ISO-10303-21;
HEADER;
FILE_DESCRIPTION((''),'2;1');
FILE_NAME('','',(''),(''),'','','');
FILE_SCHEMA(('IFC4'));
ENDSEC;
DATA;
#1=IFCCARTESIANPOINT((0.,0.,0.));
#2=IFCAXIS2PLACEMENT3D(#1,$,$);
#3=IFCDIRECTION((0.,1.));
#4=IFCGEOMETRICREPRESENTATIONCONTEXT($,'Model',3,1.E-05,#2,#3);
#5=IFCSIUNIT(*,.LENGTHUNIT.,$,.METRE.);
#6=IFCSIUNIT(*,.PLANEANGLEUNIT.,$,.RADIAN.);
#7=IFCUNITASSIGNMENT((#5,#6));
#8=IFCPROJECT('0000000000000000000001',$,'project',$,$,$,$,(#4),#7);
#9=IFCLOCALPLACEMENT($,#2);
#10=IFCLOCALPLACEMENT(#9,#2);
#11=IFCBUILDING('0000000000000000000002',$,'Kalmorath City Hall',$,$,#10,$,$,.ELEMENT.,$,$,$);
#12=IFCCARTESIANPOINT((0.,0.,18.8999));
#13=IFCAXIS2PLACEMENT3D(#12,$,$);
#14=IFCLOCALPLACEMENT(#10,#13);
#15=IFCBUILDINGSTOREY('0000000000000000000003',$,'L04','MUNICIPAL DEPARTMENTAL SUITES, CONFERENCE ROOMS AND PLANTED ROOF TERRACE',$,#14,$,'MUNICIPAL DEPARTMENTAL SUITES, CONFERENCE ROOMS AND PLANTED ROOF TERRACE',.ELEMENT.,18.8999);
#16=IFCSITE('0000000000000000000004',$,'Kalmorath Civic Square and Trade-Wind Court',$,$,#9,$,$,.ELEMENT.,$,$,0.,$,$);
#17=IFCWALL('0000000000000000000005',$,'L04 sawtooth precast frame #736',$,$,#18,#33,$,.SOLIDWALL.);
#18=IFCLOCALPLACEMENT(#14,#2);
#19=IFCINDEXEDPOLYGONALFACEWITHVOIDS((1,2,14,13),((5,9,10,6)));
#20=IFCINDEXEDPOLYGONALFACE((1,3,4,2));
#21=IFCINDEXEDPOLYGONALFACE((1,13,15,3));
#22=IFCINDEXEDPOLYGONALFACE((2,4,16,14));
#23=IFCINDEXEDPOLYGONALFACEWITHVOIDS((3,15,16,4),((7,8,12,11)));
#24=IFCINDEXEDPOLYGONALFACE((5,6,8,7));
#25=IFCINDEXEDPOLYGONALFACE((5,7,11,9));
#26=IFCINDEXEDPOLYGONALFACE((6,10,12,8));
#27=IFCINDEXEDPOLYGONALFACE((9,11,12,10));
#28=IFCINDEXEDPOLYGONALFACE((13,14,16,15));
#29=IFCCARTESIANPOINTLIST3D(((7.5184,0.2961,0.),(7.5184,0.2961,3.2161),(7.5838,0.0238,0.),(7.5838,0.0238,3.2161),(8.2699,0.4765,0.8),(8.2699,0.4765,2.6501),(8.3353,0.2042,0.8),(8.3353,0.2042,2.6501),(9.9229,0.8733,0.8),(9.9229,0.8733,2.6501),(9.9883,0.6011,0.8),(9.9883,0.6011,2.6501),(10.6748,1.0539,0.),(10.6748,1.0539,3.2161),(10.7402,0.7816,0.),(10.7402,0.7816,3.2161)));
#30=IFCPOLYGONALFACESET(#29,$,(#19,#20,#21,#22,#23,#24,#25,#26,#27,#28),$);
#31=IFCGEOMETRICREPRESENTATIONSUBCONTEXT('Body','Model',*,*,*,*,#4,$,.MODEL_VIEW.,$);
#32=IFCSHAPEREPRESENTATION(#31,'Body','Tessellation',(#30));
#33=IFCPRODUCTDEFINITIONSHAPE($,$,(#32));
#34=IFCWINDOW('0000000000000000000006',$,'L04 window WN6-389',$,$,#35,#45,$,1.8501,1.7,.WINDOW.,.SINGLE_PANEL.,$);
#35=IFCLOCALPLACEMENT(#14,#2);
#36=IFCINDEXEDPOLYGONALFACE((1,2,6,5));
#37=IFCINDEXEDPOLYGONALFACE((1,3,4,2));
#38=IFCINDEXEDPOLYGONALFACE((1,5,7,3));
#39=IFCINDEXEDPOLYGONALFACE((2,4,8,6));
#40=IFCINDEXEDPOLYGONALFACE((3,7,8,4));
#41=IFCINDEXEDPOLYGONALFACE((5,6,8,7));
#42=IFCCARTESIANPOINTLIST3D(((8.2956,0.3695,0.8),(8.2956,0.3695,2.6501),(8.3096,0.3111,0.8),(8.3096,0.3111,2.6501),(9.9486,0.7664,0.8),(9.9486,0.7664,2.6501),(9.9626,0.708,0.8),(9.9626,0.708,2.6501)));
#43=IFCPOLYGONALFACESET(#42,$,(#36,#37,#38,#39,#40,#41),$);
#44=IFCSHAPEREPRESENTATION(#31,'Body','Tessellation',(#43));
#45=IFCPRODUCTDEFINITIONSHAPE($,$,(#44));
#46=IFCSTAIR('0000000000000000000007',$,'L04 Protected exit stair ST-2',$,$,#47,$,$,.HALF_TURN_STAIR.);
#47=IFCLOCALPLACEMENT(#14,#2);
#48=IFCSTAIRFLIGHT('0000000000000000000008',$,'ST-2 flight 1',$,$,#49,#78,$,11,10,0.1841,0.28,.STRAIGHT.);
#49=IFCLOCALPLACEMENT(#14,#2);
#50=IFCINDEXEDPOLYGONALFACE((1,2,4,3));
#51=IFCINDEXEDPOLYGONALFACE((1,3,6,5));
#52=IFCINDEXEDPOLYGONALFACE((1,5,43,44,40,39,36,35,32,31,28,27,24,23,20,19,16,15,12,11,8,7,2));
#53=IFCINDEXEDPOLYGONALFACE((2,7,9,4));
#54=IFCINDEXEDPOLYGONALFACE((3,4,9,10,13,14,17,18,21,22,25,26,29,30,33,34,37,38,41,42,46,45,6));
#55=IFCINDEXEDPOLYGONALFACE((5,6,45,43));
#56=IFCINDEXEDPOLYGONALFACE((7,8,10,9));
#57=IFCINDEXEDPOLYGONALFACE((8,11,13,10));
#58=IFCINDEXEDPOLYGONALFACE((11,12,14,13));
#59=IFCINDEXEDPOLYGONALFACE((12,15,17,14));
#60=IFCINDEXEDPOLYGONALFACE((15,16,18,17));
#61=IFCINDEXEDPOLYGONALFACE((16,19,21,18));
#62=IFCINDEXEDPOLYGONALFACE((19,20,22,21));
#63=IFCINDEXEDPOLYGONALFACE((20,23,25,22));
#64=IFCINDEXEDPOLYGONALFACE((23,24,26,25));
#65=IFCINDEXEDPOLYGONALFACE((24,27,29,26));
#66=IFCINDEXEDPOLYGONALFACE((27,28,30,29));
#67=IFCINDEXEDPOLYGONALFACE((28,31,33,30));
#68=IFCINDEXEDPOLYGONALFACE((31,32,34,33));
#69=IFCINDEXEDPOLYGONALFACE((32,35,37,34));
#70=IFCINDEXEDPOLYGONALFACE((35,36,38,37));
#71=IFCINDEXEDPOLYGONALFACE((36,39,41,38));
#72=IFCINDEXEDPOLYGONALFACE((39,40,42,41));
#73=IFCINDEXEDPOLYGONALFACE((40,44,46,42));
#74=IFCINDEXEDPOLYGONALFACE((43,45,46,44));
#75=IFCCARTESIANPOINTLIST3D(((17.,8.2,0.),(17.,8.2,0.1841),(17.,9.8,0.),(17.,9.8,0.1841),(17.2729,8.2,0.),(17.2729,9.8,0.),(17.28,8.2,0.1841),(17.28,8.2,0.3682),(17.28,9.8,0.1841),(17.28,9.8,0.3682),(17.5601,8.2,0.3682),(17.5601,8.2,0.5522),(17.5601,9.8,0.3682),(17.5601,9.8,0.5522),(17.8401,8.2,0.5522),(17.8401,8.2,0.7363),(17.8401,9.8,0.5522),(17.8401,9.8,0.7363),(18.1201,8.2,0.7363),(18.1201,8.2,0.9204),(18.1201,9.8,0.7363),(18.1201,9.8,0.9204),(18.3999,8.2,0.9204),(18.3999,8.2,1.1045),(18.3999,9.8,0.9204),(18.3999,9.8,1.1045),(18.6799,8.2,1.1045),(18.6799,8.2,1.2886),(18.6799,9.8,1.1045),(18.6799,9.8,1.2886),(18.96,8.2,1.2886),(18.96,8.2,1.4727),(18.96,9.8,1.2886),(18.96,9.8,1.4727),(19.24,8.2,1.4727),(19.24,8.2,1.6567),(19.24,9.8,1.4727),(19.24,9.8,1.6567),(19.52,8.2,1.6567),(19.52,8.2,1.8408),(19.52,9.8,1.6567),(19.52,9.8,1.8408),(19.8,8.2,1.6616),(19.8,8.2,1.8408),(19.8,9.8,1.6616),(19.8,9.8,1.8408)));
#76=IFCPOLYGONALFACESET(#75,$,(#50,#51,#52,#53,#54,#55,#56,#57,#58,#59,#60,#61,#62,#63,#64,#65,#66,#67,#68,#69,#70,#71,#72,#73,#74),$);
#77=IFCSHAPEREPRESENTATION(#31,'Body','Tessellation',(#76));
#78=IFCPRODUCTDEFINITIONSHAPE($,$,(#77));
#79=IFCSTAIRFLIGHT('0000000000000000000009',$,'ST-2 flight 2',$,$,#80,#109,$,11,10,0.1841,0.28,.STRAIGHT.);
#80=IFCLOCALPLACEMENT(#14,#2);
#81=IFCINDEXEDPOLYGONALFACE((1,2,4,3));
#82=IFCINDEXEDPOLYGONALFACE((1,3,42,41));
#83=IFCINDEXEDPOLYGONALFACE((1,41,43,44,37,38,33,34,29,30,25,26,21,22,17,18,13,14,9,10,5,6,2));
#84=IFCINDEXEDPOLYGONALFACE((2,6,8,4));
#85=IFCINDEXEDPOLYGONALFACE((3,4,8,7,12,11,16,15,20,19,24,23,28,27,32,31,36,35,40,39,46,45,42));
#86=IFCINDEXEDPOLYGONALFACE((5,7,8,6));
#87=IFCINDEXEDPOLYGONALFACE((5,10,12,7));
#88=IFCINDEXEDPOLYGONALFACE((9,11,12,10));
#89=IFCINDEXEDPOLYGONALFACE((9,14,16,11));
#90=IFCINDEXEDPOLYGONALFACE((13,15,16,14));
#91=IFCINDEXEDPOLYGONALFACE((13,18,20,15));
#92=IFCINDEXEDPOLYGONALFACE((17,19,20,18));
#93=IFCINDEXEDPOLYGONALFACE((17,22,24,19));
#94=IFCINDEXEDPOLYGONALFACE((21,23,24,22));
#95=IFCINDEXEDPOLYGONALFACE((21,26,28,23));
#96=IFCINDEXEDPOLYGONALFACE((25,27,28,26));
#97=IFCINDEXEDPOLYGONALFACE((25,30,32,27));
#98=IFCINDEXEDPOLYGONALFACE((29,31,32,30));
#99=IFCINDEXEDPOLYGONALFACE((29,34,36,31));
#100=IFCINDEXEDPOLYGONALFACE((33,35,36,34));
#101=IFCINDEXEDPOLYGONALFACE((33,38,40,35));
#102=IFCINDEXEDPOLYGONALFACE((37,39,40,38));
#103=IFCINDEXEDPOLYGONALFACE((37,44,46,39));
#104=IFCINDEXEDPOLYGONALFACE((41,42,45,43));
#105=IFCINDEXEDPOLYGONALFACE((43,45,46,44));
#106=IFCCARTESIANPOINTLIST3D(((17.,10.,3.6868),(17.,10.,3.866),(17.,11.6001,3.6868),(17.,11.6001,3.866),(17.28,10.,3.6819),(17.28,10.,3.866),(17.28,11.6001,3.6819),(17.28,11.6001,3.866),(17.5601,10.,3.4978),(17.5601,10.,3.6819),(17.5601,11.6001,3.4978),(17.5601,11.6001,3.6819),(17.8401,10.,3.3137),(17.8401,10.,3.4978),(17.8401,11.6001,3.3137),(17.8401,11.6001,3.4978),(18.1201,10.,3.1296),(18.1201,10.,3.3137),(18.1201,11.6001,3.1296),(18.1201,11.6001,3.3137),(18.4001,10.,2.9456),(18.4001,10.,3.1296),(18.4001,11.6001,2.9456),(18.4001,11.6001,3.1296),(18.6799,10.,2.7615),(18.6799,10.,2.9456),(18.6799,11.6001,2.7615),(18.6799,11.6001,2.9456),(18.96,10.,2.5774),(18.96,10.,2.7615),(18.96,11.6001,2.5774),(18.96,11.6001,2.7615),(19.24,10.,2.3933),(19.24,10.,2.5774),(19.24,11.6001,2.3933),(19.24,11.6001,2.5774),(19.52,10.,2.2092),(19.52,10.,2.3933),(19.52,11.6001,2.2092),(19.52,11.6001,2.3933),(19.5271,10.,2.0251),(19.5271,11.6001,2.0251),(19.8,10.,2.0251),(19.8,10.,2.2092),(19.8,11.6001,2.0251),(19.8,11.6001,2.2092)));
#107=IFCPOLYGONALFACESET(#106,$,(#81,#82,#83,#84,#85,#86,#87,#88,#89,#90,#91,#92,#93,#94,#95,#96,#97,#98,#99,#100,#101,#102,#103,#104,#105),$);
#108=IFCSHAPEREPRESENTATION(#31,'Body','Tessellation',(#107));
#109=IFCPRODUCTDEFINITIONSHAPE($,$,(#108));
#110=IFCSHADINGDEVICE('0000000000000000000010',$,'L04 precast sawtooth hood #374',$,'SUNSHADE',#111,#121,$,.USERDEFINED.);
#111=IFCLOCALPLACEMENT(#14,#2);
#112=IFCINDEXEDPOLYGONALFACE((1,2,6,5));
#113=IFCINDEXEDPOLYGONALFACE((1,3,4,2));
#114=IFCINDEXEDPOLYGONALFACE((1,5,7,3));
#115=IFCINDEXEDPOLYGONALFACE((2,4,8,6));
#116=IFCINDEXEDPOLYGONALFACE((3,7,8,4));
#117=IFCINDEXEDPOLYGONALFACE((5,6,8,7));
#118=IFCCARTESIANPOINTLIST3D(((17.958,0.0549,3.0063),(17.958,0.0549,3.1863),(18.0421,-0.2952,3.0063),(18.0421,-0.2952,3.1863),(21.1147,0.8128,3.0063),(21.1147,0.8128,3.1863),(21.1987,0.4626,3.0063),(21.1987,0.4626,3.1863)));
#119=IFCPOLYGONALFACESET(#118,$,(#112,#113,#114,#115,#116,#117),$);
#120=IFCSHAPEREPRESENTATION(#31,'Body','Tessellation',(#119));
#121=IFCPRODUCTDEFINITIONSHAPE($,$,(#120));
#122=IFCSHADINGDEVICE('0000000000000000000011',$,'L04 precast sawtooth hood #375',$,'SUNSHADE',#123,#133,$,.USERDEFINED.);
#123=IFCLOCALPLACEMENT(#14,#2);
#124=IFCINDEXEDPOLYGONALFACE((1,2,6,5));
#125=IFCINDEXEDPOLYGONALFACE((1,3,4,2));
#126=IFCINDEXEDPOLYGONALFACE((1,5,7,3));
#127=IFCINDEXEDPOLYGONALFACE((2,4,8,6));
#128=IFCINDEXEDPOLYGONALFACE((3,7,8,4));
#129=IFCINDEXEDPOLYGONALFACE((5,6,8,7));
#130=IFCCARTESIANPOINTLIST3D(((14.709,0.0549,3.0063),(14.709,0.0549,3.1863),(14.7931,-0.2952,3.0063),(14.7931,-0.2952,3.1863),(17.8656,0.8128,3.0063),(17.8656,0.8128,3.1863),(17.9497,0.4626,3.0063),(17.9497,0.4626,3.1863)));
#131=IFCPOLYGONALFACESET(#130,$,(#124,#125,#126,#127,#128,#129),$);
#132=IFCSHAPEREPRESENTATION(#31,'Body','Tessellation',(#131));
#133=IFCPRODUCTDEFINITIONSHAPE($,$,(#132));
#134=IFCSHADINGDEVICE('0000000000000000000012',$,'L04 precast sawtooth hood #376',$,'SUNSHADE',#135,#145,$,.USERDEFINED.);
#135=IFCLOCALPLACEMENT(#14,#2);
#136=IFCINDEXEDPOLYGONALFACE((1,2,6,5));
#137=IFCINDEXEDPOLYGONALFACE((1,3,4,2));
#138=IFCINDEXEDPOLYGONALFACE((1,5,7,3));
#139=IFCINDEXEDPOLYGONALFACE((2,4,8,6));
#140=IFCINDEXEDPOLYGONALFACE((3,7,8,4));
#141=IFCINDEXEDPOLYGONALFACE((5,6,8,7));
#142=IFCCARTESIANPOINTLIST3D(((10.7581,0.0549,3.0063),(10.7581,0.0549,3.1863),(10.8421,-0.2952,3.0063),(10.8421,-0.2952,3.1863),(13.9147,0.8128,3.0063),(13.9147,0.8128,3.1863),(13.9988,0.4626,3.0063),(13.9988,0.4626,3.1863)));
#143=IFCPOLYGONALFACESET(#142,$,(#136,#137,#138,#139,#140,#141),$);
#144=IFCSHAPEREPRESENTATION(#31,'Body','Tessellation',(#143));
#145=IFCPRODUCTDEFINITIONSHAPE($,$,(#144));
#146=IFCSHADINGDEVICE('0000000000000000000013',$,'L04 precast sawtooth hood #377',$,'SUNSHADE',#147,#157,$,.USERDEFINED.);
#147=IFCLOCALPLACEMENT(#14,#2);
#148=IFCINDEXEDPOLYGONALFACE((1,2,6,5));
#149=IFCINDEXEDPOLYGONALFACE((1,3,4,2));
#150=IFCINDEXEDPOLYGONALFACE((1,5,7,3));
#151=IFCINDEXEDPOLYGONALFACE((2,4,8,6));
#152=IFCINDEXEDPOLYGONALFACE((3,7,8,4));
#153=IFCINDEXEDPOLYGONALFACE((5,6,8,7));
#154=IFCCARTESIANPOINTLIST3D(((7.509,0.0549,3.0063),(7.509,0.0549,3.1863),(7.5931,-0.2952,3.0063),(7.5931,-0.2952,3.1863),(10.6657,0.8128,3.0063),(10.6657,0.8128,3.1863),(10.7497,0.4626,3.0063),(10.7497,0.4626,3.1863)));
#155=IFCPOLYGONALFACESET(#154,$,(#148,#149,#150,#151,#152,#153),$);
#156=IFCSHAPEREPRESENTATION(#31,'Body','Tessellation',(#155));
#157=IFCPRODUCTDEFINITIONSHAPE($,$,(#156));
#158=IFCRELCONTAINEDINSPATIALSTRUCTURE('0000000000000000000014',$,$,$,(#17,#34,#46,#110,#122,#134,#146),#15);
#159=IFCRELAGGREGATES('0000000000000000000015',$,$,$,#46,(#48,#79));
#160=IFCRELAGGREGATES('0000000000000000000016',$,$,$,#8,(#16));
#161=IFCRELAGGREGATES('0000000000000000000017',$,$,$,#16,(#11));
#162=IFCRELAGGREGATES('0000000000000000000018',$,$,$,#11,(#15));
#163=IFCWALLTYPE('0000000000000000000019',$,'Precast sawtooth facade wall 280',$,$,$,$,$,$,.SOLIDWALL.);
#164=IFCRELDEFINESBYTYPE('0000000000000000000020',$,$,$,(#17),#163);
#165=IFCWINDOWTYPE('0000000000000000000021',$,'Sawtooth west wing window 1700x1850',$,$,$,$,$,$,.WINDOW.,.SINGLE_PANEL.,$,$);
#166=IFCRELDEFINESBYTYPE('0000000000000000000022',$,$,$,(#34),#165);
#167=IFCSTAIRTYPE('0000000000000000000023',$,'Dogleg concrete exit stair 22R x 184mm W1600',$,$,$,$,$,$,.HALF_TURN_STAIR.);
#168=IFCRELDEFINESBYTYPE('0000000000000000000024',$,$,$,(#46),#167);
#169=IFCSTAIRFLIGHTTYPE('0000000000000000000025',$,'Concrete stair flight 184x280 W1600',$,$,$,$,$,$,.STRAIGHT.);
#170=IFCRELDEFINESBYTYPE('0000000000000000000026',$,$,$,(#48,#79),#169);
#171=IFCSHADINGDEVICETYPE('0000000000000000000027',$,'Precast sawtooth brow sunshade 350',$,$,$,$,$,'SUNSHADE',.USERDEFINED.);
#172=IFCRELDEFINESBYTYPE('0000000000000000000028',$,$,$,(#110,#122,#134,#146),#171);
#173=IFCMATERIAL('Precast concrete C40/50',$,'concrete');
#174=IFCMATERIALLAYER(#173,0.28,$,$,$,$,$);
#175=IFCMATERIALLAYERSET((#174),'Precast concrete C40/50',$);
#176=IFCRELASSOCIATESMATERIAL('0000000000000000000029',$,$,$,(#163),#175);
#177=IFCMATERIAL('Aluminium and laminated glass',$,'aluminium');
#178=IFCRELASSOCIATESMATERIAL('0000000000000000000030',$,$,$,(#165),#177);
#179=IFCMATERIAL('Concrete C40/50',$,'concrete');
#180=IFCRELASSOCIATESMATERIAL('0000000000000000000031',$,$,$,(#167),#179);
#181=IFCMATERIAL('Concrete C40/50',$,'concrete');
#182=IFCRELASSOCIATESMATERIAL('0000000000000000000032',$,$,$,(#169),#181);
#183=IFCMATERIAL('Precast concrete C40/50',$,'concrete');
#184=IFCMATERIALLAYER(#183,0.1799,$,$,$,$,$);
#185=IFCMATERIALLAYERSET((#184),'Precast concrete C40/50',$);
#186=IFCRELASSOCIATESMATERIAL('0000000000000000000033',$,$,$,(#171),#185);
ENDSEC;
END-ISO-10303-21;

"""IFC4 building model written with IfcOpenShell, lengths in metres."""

from ifc_helpers import new_model, si_unit, direction, frame, frame_2d, origin, origin_2d, place, context, subcontext, project, spatial, polyline, rectangle, outline, extrude, material, layer, layer_set, type_object, element, fill, aggregate, save


model = new_model("IFC4")

# Units and contexts
model_context = context("Model", 3, precision=1e-05, world=origin(), true_north=direction((0.0, 1.0)))
body_context = subcontext(model_context, "Body", "Model", "MODEL_VIEW")
ifc_project = project(units=[si_unit("LENGTHUNIT", "METRE"), si_unit("PLANEANGLEUNIT", "RADIAN")], contexts=[model_context])

# Site, building, storey
site_placement = place(None, origin())
site = spatial("IfcSite", under=ifc_project, at=site_placement, Name="Kalmorath Civic Square and Trade-Wind Court", CompositionType="ELEMENT", RefElevation=0.0)
building_placement = place(site_placement, origin())
building = spatial("IfcBuilding", under=site, at=building_placement, Name="Kalmorath City Hall", CompositionType="ELEMENT")
storey_placement = place(building_placement, frame((0.0, 0.0, 18.8999)))
storey = spatial("IfcBuildingStorey", under=building, at=storey_placement, Name="L04", Description="MUNICIPAL DEPARTMENTAL SUITES, CONFERENCE ROOMS AND PLANTED ROOF TERRACE", LongName="MUNICIPAL DEPARTMENTAL SUITES, CONFERENCE ROOMS AND PLANTED ROOF TERRACE", CompositionType="ELEMENT", Elevation=18.8999)

# Wall, opening, window
ifc_material_1 = material(Name="Precast concrete C40/50", Category="concrete")
ifc_layer_1 = layer(ifc_material_1, 0.28)
ifc_layer_set_1 = layer_set([ifc_layer_1], Name="Precast concrete C40/50")
wall_type_1 = type_object("IfcWallType", Name="Precast sawtooth facade wall 280", PredefinedType="SOLIDWALL", material=ifc_layer_set_1)
ifc_material_2 = material(Name="Aluminium and laminated glass", Category="aluminium")
window_type_1 = type_object("IfcWindowType", Name="Sawtooth west wing window 1700x1850", PartitioningType="SINGLE_PANEL", PredefinedType="WINDOW", material=ifc_material_2)
wall_1_placement = place(storey_placement, frame((10.7075, 0.9177, 0.0), z_axis=(0.0, 0.0, 1.0), x_axis=(-0.97237, -0.233447, 0.0)))
wall_1 = element("IfcWall", 1, at=wall_1_placement, inside=storey, type_object=wall_type_1, Name="L04 sawtooth precast frame #736", PredefinedType="SOLIDWALL", context=body_context, shape_type="SweptSolid", body=[
    extrude(rectangle(XDim=3.2461, YDim=0.28, at=frame_2d((1.623, 0.0))), origin(), (0.0, 0.0, 1.0), 3.2161),
])
opening_1_placement = place(wall_1_placement, frame((0.7732, 0.0, 0.8)))
opening_1 = element("IfcOpeningElement", 2, at=opening_1_placement, cuts=wall_1, PredefinedType="OPENING", context=body_context, shape_type="SweptSolid", body=[
    extrude(rectangle(XDim=1.7, YDim=1.8501, at=frame_2d((0.8501, 0.925))), frame((0.0, 0.1499, 0.0), z_axis=(0.0, -1.0, 0.0), x_axis=(1.0, 0.0, 0.0)), (0.0, 0.0, 1.0), 0.3),
])
window_1_placement = place(opening_1_placement, origin())
window_1 = element("IfcWindow", 3, at=window_1_placement, inside=storey, type_object=window_type_1, Name="L04 window WN6-389", OverallHeight=1.8501, OverallWidth=1.7, PartitioningType="SINGLE_PANEL", PredefinedType="WINDOW", context=body_context, shape_type="SweptSolid", body=[
    extrude(rectangle(XDim=1.7, YDim=1.8501, at=frame_2d((0.8501, 0.925))), frame((0.0, 0.03, 0.0), z_axis=(0.0, -1.0, 0.0), x_axis=(1.0, 0.0, 0.0)), (0.0, 0.0, 1.0), 0.0601),
])
fill(opening_1, window_1)

# Stair, stair flights
ifc_material_3 = material(Name="Concrete C40/50", Category="concrete")
stair_type = type_object("IfcStairType", Name="Dogleg concrete exit stair 22R x 184mm W1600", PredefinedType="HALF_TURN_STAIR", material=ifc_material_3)
stair_placement = place(storey_placement, origin())
stair = element("IfcStair", 4, at=stair_placement, inside=storey, type_object=stair_type, Name="L04 Protected exit stair ST-2", PredefinedType="HALF_TURN_STAIR")
ifc_material_4 = material(Name="Concrete C40/50", Category="concrete")
stair_flight_type = type_object("IfcStairFlightType", Name="Concrete stair flight 184x280 W1600", PredefinedType="STRAIGHT", material=ifc_material_4)
stair_flight_1_placement = place(storey_placement, frame((17.0, 9.0, 0.0), z_axis=(0.0, 0.0, 1.0), x_axis=(1.0, 0.0, 0.0)))
stair_flight_1 = element("IfcStairFlight", 5, at=stair_flight_1_placement, type_object=stair_flight_type, Name="ST-2 flight 1", NumberOfRisers=11, NumberOfTreads=10, PredefinedType="STRAIGHT", RiserHeight=0.1841, TreadLength=0.28, context=body_context, shape_type="SweptSolid", body=[
    extrude(outline(polyline([(0.0, 0.0), (0.0, 0.1841), (0.28, 0.1841), (0.28, 0.3682), (0.5601, 0.3682), (0.5601, 0.5522), (0.8401, 0.5522), (0.8401, 0.7363), (1.1201, 0.7363), (1.1201, 0.9204), (1.3999, 0.9204), (1.3999, 1.1045), (1.6799, 1.1045), (1.6799, 1.2886), (1.96, 1.2886), (1.96, 1.4727), (2.24, 1.4727), (2.24, 1.6567), (2.52, 1.6567), (2.52, 1.8408), (2.8, 1.8408), (2.8, 2.0249), (2.8, 1.6616), (0.2729, 0.0), (0.0, 0.0)])), frame((0.0, 0.8, 0.0), z_axis=(0.0, -1.0, 0.0), x_axis=(1.0, 0.0, 0.0)), (0.0, 0.0, 1.0), 1.6001),
])
stair_flight_2_placement = place(storey_placement, frame((19.8, 10.8, 2.0251), z_axis=(0.0, 0.0, 1.0), x_axis=(-1.0, 0.0, 0.0)))
stair_flight_2 = element("IfcStairFlight", 6, at=stair_flight_2_placement, type_object=stair_flight_type, Name="ST-2 flight 2", NumberOfRisers=11, NumberOfTreads=10, PredefinedType="STRAIGHT", RiserHeight=0.1841, TreadLength=0.28, context=body_context, shape_type="SweptSolid", body=[
    extrude(outline(polyline([(0.0, 0.0), (0.0, 0.1841), (0.28, 0.1841), (0.28, 0.3682), (0.5601, 0.3682), (0.5601, 0.5522), (0.8401, 0.5522), (0.8401, 0.7363), (1.1201, 0.7363), (1.1201, 0.9204), (1.3999, 0.9204), (1.3999, 1.1045), (1.6799, 1.1045), (1.6799, 1.2886), (1.96, 1.2886), (1.96, 1.4727), (2.24, 1.4727), (2.24, 1.6567), (2.52, 1.6567), (2.52, 1.8408), (2.8, 1.8408), (2.8, 2.0249), (2.8, 1.6616), (0.2729, 0.0), (0.0, 0.0)])), frame((0.0, 0.8, 0.0), z_axis=(0.0, -1.0, 0.0), x_axis=(1.0, 0.0, 0.0)), (0.0, 0.0, 1.0), 1.6001),
])
aggregate(stair, [stair_flight_1, stair_flight_2])

# Shading devices
ifc_material_5 = material(Name="Precast concrete C40/50", Category="concrete")
ifc_layer_2 = layer(ifc_material_5, 0.1799)
ifc_layer_set_2 = layer_set([ifc_layer_2], Name="Precast concrete C40/50")
shading_device_type = type_object("IfcShadingDeviceType", Name="Precast sawtooth brow sunshade 350", ElementType="SUNSHADE", PredefinedType="USERDEFINED", material=ifc_layer_set_2)
for number, where, z_axis, x_axis, name in (
    (7, (19.5784, 0.2588, 3.0063), (0.0, 0.0, 1.0), (-0.97237, -0.233445, 0.0), "L04 precast sawtooth hood #374"),
    (8, (16.3293, 0.2588, 3.0063), (0.0, 0.0, 1.0), (-0.97237, -0.233445, 0.0), "L04 precast sawtooth hood #375"),
    (9, (12.3784, 0.2588, 3.0063), (0.0, 0.0, 1.0), (-0.97237, -0.233445, 0.0), "L04 precast sawtooth hood #376"),
    (10, (9.1294, 0.2588, 3.0063), (0.0, 0.0, 1.0), (-0.97237, -0.233445, 0.0), "L04 precast sawtooth hood #377"),
):
    element("IfcShadingDevice", number, at=place(storey_placement, frame(where, z_axis=z_axis, x_axis=x_axis)), inside=storey, type_object=shading_device_type, Name=name, ObjectType="SUNSHADE", PredefinedType="USERDEFINED", context=body_context, shape_type="SweptSolid", body=[
        extrude(rectangle(XDim=3.2463, YDim=0.3601, at=origin_2d()), origin(), (0.0, 0.0, 1.0), 0.1799),
    ])

save(model, "model.ifc")
